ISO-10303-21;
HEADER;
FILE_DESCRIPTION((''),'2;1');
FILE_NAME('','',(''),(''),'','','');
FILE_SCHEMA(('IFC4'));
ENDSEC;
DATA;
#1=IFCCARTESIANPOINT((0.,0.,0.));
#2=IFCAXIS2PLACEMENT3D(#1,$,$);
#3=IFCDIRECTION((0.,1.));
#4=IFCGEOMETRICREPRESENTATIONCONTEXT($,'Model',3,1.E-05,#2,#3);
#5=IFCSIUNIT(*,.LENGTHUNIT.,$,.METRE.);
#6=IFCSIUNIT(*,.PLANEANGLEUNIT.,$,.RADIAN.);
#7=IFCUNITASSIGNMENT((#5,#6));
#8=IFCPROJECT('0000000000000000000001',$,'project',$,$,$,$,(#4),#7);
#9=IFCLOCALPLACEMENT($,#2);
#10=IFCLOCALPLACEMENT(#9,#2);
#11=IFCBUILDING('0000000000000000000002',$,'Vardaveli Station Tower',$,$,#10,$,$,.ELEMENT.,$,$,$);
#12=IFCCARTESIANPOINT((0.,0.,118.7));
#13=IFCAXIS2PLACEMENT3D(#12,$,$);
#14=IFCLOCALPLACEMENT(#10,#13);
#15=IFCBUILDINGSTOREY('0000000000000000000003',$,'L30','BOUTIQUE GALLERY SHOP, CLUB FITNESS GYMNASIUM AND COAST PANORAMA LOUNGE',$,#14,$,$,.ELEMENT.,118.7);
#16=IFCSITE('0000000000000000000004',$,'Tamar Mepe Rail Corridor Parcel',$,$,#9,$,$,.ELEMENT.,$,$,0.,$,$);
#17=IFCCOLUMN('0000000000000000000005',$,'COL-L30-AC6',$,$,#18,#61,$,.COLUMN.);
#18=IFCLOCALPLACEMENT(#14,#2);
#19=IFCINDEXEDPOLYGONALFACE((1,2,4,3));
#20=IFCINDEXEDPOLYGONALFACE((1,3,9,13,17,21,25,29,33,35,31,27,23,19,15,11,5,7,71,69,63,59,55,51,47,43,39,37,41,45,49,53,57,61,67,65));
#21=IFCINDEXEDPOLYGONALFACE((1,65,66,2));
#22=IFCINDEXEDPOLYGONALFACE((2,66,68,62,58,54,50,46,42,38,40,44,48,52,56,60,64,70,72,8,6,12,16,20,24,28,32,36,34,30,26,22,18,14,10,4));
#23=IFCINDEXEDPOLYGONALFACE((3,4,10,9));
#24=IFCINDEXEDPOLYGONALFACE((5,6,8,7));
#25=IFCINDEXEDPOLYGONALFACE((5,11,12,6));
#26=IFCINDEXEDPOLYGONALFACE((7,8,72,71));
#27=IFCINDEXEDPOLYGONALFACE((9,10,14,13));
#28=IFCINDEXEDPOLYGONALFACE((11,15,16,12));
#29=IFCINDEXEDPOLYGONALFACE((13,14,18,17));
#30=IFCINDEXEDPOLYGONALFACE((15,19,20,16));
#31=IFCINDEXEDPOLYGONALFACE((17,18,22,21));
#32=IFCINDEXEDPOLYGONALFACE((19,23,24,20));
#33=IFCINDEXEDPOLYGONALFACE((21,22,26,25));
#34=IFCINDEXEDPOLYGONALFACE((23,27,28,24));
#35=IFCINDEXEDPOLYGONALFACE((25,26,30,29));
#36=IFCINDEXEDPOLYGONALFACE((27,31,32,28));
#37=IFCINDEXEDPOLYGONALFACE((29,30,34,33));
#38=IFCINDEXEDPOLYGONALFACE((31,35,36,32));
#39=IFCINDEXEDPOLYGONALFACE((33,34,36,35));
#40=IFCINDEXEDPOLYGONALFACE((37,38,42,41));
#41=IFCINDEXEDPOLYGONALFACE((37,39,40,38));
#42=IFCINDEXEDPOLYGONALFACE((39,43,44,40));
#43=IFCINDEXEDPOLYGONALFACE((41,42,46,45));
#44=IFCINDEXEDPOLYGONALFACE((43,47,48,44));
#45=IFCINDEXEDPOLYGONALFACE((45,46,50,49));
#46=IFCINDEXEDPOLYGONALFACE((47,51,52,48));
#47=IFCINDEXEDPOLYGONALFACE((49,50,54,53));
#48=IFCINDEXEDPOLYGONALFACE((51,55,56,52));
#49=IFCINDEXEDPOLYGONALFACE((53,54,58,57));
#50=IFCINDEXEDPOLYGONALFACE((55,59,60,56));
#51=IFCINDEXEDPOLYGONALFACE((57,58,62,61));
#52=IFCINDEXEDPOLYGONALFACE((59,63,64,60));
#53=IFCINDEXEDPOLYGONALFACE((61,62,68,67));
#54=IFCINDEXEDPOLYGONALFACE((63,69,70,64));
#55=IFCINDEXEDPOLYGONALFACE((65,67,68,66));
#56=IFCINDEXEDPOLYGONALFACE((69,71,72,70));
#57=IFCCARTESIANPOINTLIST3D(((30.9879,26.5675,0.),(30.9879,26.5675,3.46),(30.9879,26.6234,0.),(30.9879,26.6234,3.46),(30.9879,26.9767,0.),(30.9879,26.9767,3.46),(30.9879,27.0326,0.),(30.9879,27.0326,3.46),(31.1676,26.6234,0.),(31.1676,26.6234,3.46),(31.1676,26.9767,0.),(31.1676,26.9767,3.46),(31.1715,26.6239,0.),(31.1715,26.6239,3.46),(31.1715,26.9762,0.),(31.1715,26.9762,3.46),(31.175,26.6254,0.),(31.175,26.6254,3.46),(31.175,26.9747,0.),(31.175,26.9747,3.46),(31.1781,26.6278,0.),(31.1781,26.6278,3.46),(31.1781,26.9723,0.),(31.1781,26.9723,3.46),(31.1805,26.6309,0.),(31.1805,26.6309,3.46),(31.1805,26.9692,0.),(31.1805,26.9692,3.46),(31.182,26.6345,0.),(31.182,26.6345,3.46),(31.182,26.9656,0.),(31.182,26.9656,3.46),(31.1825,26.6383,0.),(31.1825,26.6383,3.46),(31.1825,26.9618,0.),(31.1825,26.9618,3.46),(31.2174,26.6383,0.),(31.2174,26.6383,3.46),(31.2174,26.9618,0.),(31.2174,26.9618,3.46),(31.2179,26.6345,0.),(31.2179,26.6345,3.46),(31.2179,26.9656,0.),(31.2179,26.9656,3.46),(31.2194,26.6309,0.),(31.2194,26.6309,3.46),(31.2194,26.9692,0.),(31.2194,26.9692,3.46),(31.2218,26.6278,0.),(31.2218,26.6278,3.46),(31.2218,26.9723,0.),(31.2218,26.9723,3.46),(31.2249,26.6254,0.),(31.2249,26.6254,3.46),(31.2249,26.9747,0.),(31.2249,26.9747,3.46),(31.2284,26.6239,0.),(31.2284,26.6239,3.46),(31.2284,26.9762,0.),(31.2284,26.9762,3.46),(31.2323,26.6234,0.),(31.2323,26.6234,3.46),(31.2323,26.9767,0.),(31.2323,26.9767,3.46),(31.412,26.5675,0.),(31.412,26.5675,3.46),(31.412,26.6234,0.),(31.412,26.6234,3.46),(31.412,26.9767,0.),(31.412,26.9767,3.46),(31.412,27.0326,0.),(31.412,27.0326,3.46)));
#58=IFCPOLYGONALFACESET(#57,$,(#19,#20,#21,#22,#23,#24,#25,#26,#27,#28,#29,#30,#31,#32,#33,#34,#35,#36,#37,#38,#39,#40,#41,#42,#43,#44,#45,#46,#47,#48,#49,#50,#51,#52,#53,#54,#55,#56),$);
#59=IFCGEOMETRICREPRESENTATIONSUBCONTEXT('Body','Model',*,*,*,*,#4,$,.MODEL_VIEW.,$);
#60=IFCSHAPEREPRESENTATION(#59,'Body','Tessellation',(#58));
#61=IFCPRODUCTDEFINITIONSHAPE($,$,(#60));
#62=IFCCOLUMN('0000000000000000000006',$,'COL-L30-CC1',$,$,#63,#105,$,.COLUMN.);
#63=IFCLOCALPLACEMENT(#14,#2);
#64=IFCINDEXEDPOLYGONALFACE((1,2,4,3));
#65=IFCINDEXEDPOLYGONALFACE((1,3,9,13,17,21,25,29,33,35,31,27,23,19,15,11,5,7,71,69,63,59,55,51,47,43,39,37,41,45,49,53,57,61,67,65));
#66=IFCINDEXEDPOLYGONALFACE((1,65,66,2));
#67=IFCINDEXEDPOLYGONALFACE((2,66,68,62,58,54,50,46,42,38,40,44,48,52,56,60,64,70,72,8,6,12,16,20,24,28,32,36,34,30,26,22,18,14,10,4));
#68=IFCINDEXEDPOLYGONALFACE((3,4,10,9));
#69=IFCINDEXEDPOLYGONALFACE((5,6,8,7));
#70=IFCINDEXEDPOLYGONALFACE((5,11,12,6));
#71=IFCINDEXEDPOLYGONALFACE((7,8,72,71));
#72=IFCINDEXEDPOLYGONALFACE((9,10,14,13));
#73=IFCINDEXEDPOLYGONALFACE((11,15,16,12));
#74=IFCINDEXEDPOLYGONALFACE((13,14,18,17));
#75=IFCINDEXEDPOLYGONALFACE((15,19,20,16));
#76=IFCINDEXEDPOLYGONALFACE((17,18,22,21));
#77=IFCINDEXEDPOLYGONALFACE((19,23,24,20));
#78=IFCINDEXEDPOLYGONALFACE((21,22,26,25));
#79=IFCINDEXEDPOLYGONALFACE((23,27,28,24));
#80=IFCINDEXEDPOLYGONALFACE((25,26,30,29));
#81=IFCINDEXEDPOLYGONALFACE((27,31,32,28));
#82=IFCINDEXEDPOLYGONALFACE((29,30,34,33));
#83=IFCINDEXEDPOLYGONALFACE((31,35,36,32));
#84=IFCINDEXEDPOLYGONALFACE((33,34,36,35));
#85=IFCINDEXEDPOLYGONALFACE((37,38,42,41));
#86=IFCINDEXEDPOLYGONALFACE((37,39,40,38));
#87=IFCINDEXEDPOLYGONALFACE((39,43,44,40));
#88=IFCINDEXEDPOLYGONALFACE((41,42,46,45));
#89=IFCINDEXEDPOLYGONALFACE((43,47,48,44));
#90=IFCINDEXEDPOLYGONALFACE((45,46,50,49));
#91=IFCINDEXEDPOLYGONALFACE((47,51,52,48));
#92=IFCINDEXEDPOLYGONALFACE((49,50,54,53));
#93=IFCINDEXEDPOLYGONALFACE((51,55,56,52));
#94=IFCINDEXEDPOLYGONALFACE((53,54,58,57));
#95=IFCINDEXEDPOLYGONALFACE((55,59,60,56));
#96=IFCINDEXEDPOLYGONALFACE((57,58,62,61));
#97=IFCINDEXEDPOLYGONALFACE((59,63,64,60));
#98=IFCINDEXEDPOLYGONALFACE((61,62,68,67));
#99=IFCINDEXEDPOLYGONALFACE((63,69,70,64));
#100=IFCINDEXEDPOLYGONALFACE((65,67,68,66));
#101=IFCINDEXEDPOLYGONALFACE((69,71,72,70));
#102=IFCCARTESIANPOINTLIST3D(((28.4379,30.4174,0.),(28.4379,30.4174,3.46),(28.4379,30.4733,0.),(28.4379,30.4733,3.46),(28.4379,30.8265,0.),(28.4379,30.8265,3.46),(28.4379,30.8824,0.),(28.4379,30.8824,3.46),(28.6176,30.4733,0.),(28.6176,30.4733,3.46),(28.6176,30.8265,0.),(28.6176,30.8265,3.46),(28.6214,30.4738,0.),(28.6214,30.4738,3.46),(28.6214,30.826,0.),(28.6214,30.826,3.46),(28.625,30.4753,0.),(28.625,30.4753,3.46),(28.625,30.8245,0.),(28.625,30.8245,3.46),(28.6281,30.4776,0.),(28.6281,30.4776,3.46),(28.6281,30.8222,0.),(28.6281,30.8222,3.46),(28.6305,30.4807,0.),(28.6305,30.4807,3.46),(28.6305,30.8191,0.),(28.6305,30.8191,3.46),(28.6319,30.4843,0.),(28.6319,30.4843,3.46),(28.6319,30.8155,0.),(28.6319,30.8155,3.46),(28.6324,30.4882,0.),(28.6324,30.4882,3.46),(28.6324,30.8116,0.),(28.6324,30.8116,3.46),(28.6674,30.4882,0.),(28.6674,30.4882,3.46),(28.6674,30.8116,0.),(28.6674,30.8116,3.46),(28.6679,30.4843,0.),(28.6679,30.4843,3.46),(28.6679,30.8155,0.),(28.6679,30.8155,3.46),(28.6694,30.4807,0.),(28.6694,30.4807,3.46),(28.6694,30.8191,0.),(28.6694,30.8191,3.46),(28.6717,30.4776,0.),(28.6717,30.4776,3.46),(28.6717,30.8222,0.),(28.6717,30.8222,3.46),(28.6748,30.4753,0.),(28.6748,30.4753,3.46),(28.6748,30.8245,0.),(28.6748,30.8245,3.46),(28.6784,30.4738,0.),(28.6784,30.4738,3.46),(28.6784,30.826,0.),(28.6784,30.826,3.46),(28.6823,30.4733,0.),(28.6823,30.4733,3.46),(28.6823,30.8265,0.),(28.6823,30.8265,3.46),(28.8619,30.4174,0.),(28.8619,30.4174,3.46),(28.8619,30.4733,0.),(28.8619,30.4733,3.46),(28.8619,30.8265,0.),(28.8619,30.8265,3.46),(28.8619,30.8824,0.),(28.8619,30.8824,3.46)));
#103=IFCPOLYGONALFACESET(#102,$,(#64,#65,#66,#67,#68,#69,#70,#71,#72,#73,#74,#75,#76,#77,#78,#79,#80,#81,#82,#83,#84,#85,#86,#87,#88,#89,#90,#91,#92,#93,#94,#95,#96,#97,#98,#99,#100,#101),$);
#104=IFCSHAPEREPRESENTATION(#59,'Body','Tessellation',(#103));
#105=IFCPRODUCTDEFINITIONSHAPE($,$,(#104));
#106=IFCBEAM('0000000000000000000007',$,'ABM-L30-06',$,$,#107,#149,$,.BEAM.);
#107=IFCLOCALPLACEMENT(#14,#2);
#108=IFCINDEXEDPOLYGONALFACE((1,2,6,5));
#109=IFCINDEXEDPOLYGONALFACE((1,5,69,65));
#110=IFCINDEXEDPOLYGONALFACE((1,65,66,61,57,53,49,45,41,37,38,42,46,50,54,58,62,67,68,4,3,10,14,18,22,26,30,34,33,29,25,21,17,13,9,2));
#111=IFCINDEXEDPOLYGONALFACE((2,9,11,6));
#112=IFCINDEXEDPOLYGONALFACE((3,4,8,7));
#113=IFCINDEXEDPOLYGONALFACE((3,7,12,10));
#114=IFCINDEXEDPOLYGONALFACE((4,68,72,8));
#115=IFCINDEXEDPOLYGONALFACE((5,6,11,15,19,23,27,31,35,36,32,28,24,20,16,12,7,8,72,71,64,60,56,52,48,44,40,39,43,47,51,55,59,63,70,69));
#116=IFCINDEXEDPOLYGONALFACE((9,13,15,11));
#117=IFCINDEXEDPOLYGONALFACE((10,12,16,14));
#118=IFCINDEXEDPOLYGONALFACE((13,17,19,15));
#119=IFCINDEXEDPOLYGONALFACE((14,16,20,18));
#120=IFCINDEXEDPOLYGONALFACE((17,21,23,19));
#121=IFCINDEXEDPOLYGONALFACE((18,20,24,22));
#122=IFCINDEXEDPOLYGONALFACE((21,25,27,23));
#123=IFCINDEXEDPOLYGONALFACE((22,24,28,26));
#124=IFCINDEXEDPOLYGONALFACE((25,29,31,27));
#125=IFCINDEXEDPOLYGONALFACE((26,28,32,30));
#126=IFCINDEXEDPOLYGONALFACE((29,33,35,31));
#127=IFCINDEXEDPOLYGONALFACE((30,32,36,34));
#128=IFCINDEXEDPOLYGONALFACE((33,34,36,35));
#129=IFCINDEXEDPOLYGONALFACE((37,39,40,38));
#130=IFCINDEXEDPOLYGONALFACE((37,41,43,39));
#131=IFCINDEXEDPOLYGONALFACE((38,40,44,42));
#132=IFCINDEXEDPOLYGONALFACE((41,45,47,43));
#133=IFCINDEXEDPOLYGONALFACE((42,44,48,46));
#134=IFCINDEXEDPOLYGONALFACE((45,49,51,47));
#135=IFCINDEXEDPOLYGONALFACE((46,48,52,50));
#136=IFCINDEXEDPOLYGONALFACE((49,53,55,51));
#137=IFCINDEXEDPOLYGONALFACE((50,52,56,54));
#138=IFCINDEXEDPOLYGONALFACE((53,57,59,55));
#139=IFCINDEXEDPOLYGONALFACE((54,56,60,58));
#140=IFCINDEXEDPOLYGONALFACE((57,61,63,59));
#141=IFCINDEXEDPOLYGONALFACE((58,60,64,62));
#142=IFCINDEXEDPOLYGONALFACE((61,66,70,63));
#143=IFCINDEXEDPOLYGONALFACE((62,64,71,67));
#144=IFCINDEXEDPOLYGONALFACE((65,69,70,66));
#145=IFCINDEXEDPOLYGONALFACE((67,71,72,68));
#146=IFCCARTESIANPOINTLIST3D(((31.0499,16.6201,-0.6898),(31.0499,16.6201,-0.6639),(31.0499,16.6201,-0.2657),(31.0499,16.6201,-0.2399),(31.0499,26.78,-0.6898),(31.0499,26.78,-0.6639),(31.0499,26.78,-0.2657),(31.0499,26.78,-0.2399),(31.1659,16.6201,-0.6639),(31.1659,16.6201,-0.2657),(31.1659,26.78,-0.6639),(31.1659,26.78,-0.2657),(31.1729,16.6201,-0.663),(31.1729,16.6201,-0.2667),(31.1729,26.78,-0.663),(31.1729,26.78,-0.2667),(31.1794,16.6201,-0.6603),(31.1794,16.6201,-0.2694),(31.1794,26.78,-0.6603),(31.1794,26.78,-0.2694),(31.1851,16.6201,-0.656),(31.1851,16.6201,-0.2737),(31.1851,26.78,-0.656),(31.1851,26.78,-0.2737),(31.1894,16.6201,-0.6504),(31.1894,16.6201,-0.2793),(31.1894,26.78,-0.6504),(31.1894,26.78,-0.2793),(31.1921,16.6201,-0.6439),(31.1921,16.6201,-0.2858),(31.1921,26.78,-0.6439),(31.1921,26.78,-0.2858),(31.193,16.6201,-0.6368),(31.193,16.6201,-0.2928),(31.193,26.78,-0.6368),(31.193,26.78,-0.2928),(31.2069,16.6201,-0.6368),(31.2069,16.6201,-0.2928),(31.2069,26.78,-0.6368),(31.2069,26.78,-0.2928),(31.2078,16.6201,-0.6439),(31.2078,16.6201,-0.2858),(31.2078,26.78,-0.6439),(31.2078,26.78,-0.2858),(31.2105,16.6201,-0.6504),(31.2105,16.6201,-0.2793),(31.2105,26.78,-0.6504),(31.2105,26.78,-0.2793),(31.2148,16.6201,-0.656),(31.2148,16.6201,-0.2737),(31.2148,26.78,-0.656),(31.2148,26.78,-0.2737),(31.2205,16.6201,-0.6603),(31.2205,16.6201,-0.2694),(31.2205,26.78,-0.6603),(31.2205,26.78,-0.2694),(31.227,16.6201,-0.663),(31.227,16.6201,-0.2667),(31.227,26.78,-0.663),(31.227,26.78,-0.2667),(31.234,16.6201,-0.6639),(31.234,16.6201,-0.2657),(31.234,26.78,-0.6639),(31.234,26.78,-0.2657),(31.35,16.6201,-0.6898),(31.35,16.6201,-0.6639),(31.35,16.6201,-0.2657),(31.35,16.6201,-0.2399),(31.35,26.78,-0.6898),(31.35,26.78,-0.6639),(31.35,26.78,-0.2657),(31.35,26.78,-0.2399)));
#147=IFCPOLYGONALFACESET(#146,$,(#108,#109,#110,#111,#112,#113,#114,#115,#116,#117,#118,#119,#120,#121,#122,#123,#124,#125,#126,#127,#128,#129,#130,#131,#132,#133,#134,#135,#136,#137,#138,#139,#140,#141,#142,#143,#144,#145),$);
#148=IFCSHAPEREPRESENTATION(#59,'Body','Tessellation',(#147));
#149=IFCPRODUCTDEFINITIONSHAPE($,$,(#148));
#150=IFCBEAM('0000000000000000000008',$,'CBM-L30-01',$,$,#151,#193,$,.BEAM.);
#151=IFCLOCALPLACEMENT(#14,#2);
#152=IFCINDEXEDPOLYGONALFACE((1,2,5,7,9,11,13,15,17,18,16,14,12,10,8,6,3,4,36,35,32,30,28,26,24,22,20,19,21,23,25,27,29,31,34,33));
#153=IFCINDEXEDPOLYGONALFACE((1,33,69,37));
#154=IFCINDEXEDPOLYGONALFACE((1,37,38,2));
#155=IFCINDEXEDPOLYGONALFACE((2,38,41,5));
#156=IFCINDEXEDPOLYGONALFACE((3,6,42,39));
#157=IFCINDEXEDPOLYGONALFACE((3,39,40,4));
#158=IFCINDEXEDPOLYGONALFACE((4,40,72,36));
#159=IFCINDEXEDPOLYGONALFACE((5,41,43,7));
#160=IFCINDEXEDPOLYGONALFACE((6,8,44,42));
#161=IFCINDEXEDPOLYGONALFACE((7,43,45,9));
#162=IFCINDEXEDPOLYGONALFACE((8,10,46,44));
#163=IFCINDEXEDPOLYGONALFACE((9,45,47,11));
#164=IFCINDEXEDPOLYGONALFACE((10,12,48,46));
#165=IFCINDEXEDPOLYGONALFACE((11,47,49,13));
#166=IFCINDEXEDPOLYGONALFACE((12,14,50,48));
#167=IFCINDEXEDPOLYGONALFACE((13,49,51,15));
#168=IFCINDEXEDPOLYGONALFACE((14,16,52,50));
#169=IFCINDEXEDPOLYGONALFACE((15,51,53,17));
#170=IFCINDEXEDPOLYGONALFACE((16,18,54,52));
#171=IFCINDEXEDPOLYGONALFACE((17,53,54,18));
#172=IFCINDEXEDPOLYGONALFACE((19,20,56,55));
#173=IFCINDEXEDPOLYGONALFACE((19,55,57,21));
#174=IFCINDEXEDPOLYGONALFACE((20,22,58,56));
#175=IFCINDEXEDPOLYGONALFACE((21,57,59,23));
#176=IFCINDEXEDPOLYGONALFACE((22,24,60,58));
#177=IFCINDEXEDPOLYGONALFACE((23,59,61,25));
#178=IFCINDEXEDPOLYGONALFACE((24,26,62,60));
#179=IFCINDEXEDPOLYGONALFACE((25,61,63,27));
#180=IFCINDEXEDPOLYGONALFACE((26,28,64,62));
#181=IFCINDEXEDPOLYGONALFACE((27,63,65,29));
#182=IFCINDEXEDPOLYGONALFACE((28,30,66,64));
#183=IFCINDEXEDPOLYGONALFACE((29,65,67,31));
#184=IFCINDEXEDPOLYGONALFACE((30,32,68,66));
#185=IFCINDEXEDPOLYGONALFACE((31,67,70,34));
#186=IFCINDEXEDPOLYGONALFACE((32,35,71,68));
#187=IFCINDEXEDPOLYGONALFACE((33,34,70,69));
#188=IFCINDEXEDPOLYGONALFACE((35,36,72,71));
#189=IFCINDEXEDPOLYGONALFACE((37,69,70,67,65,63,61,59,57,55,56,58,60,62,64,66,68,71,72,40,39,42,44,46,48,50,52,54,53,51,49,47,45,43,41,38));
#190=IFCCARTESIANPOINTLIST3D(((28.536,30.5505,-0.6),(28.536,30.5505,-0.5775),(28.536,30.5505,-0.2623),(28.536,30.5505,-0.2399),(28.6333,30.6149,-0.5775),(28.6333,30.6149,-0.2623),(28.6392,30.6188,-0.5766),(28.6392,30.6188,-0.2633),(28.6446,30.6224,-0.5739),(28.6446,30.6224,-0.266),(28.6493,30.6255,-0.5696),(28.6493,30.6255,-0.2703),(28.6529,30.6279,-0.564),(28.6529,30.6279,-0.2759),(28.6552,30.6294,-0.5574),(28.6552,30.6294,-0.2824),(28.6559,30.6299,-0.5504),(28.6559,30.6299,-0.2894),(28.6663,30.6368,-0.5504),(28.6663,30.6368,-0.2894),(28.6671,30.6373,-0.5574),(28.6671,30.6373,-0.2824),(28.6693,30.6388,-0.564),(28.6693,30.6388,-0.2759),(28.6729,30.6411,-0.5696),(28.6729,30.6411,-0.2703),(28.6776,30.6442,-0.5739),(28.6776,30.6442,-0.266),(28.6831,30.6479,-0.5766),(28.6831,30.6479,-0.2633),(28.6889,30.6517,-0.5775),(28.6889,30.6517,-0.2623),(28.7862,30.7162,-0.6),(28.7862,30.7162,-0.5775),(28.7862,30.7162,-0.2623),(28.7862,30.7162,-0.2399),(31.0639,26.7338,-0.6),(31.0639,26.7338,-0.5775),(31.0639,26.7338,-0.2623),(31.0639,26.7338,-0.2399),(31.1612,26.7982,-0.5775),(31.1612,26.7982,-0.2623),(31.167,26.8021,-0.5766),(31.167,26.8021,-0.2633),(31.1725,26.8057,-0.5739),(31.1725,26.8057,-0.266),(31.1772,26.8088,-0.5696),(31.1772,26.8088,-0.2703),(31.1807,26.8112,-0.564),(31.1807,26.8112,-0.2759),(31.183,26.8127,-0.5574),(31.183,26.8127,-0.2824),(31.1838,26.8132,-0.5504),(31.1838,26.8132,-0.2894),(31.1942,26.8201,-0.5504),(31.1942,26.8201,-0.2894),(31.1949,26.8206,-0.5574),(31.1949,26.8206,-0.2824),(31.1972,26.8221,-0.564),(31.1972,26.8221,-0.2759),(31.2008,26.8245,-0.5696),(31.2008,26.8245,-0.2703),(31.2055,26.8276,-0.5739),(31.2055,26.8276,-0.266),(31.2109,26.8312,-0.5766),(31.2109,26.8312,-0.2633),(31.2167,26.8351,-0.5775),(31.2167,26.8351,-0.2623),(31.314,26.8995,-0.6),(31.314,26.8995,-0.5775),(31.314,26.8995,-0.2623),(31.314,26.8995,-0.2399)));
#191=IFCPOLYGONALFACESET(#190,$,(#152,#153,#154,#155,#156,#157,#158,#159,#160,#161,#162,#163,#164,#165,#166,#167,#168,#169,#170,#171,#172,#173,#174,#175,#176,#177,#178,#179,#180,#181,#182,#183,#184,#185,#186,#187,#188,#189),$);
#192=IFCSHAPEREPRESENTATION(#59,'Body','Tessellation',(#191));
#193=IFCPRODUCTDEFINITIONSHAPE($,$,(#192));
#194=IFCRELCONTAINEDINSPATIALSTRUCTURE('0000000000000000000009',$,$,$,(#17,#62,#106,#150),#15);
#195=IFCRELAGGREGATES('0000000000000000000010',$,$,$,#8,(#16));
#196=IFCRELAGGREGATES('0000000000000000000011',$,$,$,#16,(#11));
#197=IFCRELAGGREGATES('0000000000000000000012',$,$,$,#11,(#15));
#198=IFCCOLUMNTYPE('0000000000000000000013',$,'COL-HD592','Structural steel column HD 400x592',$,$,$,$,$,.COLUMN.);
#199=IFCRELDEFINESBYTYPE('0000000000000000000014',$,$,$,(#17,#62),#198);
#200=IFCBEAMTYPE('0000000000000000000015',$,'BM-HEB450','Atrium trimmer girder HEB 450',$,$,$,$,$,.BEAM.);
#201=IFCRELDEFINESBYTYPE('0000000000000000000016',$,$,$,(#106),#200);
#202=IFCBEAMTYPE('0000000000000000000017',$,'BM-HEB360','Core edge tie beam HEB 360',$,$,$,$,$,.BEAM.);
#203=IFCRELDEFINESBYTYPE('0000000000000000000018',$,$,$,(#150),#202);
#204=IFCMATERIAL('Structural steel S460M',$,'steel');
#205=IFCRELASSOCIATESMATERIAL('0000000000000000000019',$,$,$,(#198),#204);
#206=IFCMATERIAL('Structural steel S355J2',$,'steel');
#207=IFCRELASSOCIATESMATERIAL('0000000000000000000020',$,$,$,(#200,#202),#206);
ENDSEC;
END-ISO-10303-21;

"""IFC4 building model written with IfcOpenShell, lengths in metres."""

from ifc_helpers import new_model, si_unit, direction, frame, origin, origin_2d, place, context, subcontext, project, spatial, i_section, extrude, source, transform, mapped, material, material_profile, profile_set, type_object, element, save


model = new_model("IFC4")

# Units and contexts
model_context = context("Model", 3, precision=1e-05, world=origin(), true_north=direction((0.0, 1.0)))
body_context = subcontext(model_context, "Body", "Model", "MODEL_VIEW")
ifc_project = project(units=[si_unit("LENGTHUNIT", "METRE"), si_unit("PLANEANGLEUNIT", "RADIAN")], contexts=[model_context])

# Site, building, storey
site_placement = place(None, origin())
site = spatial("IfcSite", under=ifc_project, at=site_placement, Name="Tamar Mepe Rail Corridor Parcel", CompositionType="ELEMENT", RefElevation=0.0)
building_placement = place(site_placement, origin())
building = spatial("IfcBuilding", under=site, at=building_placement, Name="Vardaveli Station Tower", CompositionType="ELEMENT")
storey_placement = place(building_placement, frame((0.0, 0.0, 118.7)))
storey = spatial("IfcBuildingStorey", under=building, at=storey_placement, Name="L30", Description="BOUTIQUE GALLERY SHOP, CLUB FITNESS GYMNASIUM AND COAST PANORAMA LOUNGE", CompositionType="ELEMENT", Elevation=118.7)

# Columns
ifc_material_1 = material(Name="Structural steel S460M", Category="steel")
ifc_material_profile_1 = material_profile(ifc_material_1, i_section(OverallWidth=0.4241, OverallDepth=0.4651, WebThickness=0.0349, FlangeThickness=0.0559, FilletRadius=0.0149, at=origin_2d()), Name="HD 400x592")
ifc_profile_set_1 = profile_set([ifc_material_profile_1], Name="Structural steel S460M")
column_type = type_object("IfcColumnType", Name="COL-HD592", Description="Structural steel column HD 400x592", PredefinedType="COLUMN", material=ifc_profile_set_1)
shared_shape_1 = source(origin(), body_context, "Body", "SweptSolid", [
    extrude(i_section(OverallWidth=0.4241, OverallDepth=0.4651, WebThickness=0.0349, FlangeThickness=0.0559, FilletRadius=0.0149, at=origin_2d()), origin(), (0.0, 0.0, 1.0), 3.46),
])
for number, where, z_axis, x_axis, name in (
    (1, (31.2, 26.8, 0.0), (0.0, 0.0, 1.0), (1.0, 0.0, 0.0), "COL-L30-AC6"),
    (2, (28.6499, 30.6499, 0.0), (0.0, 0.0, 1.0), (1.0, 0.0, 0.0), "COL-L30-CC1"),
):
    element("IfcColumn", number, at=place(storey_placement, frame(where, z_axis=z_axis, x_axis=x_axis)), inside=storey, type_object=column_type, Name=name, PredefinedType="COLUMN", context=body_context, shape_type="MappedRepresentation", body=[
        mapped(shared_shape_1, transform((0.0, 0.0, 0.0), scale=1.0)),
    ])

# Beams
ifc_material_2 = material(Name="Structural steel S355J2", Category="steel")
ifc_material_profile_2 = material_profile(ifc_material_2, i_section(OverallWidth=0.3, OverallDepth=0.45, WebThickness=0.0139, FlangeThickness=0.0259, FilletRadius=0.0271, at=origin_2d()), Name="HEB 450")
ifc_profile_set_2 = profile_set([ifc_material_profile_2], Name="Structural steel S355J2")
beam_type_1 = type_object("IfcBeamType", Name="BM-HEB450", Description="Atrium trimmer girder HEB 450", PredefinedType="BEAM", material=ifc_profile_set_2)
shared_shape_2 = source(origin(), body_context, "Body", "SweptSolid", [
    extrude(i_section(OverallWidth=0.3, OverallDepth=0.45, WebThickness=0.0139, FlangeThickness=0.0259, FilletRadius=0.0271, at=origin_2d()), origin(), (0.0, 0.0, 1.0), 10.1599),
])
beam_1_placement = place(storey_placement, frame((31.2, 26.78, -0.4648), z_axis=(0.0, -1.0, 0.0), x_axis=(1.0, 0.0, 0.0)))
element("IfcBeam", 3, at=beam_1_placement, inside=storey, type_object=beam_type_1, Name="ABM-L30-06", PredefinedType="BEAM", context=body_context, shape_type="MappedRepresentation", body=[
    mapped(shared_shape_2, transform((0.0, 0.0, 0.0), scale=1.0)),
])
ifc_material_profile_3 = material_profile(ifc_material_2, i_section(OverallWidth=0.3, OverallDepth=0.3601, WebThickness=0.0125, FlangeThickness=0.0225, FilletRadius=0.0271, at=origin_2d()), Name="HEB 360")
ifc_profile_set_3 = profile_set([ifc_material_profile_3], Name="Structural steel S355J2")
beam_type_2 = type_object("IfcBeamType", Name="BM-HEB360", Description="Core edge tie beam HEB 360", PredefinedType="BEAM", material=ifc_profile_set_3)
shared_shape_3 = source(origin(), body_context, "Body", "SweptSolid", [
    extrude(i_section(OverallWidth=0.3, OverallDepth=0.3601, WebThickness=0.0125, FlangeThickness=0.0225, FilletRadius=0.0271, at=origin_2d()), origin(), (0.0, 0.0, 1.0), 4.5779),
])
beam_2_placement = place(storey_placement, frame((31.189, 26.8167, -0.4199), z_axis=(-0.552187, 0.83372, 0.0), x_axis=(-0.83372, -0.552187, 0.0)))
element("IfcBeam", 4, at=beam_2_placement, inside=storey, type_object=beam_type_2, Name="CBM-L30-01", PredefinedType="BEAM", context=body_context, shape_type="MappedRepresentation", body=[
    mapped(shared_shape_3, transform((0.0, 0.0, 0.0), scale=1.0)),
])

save(model, "model.ifc")
